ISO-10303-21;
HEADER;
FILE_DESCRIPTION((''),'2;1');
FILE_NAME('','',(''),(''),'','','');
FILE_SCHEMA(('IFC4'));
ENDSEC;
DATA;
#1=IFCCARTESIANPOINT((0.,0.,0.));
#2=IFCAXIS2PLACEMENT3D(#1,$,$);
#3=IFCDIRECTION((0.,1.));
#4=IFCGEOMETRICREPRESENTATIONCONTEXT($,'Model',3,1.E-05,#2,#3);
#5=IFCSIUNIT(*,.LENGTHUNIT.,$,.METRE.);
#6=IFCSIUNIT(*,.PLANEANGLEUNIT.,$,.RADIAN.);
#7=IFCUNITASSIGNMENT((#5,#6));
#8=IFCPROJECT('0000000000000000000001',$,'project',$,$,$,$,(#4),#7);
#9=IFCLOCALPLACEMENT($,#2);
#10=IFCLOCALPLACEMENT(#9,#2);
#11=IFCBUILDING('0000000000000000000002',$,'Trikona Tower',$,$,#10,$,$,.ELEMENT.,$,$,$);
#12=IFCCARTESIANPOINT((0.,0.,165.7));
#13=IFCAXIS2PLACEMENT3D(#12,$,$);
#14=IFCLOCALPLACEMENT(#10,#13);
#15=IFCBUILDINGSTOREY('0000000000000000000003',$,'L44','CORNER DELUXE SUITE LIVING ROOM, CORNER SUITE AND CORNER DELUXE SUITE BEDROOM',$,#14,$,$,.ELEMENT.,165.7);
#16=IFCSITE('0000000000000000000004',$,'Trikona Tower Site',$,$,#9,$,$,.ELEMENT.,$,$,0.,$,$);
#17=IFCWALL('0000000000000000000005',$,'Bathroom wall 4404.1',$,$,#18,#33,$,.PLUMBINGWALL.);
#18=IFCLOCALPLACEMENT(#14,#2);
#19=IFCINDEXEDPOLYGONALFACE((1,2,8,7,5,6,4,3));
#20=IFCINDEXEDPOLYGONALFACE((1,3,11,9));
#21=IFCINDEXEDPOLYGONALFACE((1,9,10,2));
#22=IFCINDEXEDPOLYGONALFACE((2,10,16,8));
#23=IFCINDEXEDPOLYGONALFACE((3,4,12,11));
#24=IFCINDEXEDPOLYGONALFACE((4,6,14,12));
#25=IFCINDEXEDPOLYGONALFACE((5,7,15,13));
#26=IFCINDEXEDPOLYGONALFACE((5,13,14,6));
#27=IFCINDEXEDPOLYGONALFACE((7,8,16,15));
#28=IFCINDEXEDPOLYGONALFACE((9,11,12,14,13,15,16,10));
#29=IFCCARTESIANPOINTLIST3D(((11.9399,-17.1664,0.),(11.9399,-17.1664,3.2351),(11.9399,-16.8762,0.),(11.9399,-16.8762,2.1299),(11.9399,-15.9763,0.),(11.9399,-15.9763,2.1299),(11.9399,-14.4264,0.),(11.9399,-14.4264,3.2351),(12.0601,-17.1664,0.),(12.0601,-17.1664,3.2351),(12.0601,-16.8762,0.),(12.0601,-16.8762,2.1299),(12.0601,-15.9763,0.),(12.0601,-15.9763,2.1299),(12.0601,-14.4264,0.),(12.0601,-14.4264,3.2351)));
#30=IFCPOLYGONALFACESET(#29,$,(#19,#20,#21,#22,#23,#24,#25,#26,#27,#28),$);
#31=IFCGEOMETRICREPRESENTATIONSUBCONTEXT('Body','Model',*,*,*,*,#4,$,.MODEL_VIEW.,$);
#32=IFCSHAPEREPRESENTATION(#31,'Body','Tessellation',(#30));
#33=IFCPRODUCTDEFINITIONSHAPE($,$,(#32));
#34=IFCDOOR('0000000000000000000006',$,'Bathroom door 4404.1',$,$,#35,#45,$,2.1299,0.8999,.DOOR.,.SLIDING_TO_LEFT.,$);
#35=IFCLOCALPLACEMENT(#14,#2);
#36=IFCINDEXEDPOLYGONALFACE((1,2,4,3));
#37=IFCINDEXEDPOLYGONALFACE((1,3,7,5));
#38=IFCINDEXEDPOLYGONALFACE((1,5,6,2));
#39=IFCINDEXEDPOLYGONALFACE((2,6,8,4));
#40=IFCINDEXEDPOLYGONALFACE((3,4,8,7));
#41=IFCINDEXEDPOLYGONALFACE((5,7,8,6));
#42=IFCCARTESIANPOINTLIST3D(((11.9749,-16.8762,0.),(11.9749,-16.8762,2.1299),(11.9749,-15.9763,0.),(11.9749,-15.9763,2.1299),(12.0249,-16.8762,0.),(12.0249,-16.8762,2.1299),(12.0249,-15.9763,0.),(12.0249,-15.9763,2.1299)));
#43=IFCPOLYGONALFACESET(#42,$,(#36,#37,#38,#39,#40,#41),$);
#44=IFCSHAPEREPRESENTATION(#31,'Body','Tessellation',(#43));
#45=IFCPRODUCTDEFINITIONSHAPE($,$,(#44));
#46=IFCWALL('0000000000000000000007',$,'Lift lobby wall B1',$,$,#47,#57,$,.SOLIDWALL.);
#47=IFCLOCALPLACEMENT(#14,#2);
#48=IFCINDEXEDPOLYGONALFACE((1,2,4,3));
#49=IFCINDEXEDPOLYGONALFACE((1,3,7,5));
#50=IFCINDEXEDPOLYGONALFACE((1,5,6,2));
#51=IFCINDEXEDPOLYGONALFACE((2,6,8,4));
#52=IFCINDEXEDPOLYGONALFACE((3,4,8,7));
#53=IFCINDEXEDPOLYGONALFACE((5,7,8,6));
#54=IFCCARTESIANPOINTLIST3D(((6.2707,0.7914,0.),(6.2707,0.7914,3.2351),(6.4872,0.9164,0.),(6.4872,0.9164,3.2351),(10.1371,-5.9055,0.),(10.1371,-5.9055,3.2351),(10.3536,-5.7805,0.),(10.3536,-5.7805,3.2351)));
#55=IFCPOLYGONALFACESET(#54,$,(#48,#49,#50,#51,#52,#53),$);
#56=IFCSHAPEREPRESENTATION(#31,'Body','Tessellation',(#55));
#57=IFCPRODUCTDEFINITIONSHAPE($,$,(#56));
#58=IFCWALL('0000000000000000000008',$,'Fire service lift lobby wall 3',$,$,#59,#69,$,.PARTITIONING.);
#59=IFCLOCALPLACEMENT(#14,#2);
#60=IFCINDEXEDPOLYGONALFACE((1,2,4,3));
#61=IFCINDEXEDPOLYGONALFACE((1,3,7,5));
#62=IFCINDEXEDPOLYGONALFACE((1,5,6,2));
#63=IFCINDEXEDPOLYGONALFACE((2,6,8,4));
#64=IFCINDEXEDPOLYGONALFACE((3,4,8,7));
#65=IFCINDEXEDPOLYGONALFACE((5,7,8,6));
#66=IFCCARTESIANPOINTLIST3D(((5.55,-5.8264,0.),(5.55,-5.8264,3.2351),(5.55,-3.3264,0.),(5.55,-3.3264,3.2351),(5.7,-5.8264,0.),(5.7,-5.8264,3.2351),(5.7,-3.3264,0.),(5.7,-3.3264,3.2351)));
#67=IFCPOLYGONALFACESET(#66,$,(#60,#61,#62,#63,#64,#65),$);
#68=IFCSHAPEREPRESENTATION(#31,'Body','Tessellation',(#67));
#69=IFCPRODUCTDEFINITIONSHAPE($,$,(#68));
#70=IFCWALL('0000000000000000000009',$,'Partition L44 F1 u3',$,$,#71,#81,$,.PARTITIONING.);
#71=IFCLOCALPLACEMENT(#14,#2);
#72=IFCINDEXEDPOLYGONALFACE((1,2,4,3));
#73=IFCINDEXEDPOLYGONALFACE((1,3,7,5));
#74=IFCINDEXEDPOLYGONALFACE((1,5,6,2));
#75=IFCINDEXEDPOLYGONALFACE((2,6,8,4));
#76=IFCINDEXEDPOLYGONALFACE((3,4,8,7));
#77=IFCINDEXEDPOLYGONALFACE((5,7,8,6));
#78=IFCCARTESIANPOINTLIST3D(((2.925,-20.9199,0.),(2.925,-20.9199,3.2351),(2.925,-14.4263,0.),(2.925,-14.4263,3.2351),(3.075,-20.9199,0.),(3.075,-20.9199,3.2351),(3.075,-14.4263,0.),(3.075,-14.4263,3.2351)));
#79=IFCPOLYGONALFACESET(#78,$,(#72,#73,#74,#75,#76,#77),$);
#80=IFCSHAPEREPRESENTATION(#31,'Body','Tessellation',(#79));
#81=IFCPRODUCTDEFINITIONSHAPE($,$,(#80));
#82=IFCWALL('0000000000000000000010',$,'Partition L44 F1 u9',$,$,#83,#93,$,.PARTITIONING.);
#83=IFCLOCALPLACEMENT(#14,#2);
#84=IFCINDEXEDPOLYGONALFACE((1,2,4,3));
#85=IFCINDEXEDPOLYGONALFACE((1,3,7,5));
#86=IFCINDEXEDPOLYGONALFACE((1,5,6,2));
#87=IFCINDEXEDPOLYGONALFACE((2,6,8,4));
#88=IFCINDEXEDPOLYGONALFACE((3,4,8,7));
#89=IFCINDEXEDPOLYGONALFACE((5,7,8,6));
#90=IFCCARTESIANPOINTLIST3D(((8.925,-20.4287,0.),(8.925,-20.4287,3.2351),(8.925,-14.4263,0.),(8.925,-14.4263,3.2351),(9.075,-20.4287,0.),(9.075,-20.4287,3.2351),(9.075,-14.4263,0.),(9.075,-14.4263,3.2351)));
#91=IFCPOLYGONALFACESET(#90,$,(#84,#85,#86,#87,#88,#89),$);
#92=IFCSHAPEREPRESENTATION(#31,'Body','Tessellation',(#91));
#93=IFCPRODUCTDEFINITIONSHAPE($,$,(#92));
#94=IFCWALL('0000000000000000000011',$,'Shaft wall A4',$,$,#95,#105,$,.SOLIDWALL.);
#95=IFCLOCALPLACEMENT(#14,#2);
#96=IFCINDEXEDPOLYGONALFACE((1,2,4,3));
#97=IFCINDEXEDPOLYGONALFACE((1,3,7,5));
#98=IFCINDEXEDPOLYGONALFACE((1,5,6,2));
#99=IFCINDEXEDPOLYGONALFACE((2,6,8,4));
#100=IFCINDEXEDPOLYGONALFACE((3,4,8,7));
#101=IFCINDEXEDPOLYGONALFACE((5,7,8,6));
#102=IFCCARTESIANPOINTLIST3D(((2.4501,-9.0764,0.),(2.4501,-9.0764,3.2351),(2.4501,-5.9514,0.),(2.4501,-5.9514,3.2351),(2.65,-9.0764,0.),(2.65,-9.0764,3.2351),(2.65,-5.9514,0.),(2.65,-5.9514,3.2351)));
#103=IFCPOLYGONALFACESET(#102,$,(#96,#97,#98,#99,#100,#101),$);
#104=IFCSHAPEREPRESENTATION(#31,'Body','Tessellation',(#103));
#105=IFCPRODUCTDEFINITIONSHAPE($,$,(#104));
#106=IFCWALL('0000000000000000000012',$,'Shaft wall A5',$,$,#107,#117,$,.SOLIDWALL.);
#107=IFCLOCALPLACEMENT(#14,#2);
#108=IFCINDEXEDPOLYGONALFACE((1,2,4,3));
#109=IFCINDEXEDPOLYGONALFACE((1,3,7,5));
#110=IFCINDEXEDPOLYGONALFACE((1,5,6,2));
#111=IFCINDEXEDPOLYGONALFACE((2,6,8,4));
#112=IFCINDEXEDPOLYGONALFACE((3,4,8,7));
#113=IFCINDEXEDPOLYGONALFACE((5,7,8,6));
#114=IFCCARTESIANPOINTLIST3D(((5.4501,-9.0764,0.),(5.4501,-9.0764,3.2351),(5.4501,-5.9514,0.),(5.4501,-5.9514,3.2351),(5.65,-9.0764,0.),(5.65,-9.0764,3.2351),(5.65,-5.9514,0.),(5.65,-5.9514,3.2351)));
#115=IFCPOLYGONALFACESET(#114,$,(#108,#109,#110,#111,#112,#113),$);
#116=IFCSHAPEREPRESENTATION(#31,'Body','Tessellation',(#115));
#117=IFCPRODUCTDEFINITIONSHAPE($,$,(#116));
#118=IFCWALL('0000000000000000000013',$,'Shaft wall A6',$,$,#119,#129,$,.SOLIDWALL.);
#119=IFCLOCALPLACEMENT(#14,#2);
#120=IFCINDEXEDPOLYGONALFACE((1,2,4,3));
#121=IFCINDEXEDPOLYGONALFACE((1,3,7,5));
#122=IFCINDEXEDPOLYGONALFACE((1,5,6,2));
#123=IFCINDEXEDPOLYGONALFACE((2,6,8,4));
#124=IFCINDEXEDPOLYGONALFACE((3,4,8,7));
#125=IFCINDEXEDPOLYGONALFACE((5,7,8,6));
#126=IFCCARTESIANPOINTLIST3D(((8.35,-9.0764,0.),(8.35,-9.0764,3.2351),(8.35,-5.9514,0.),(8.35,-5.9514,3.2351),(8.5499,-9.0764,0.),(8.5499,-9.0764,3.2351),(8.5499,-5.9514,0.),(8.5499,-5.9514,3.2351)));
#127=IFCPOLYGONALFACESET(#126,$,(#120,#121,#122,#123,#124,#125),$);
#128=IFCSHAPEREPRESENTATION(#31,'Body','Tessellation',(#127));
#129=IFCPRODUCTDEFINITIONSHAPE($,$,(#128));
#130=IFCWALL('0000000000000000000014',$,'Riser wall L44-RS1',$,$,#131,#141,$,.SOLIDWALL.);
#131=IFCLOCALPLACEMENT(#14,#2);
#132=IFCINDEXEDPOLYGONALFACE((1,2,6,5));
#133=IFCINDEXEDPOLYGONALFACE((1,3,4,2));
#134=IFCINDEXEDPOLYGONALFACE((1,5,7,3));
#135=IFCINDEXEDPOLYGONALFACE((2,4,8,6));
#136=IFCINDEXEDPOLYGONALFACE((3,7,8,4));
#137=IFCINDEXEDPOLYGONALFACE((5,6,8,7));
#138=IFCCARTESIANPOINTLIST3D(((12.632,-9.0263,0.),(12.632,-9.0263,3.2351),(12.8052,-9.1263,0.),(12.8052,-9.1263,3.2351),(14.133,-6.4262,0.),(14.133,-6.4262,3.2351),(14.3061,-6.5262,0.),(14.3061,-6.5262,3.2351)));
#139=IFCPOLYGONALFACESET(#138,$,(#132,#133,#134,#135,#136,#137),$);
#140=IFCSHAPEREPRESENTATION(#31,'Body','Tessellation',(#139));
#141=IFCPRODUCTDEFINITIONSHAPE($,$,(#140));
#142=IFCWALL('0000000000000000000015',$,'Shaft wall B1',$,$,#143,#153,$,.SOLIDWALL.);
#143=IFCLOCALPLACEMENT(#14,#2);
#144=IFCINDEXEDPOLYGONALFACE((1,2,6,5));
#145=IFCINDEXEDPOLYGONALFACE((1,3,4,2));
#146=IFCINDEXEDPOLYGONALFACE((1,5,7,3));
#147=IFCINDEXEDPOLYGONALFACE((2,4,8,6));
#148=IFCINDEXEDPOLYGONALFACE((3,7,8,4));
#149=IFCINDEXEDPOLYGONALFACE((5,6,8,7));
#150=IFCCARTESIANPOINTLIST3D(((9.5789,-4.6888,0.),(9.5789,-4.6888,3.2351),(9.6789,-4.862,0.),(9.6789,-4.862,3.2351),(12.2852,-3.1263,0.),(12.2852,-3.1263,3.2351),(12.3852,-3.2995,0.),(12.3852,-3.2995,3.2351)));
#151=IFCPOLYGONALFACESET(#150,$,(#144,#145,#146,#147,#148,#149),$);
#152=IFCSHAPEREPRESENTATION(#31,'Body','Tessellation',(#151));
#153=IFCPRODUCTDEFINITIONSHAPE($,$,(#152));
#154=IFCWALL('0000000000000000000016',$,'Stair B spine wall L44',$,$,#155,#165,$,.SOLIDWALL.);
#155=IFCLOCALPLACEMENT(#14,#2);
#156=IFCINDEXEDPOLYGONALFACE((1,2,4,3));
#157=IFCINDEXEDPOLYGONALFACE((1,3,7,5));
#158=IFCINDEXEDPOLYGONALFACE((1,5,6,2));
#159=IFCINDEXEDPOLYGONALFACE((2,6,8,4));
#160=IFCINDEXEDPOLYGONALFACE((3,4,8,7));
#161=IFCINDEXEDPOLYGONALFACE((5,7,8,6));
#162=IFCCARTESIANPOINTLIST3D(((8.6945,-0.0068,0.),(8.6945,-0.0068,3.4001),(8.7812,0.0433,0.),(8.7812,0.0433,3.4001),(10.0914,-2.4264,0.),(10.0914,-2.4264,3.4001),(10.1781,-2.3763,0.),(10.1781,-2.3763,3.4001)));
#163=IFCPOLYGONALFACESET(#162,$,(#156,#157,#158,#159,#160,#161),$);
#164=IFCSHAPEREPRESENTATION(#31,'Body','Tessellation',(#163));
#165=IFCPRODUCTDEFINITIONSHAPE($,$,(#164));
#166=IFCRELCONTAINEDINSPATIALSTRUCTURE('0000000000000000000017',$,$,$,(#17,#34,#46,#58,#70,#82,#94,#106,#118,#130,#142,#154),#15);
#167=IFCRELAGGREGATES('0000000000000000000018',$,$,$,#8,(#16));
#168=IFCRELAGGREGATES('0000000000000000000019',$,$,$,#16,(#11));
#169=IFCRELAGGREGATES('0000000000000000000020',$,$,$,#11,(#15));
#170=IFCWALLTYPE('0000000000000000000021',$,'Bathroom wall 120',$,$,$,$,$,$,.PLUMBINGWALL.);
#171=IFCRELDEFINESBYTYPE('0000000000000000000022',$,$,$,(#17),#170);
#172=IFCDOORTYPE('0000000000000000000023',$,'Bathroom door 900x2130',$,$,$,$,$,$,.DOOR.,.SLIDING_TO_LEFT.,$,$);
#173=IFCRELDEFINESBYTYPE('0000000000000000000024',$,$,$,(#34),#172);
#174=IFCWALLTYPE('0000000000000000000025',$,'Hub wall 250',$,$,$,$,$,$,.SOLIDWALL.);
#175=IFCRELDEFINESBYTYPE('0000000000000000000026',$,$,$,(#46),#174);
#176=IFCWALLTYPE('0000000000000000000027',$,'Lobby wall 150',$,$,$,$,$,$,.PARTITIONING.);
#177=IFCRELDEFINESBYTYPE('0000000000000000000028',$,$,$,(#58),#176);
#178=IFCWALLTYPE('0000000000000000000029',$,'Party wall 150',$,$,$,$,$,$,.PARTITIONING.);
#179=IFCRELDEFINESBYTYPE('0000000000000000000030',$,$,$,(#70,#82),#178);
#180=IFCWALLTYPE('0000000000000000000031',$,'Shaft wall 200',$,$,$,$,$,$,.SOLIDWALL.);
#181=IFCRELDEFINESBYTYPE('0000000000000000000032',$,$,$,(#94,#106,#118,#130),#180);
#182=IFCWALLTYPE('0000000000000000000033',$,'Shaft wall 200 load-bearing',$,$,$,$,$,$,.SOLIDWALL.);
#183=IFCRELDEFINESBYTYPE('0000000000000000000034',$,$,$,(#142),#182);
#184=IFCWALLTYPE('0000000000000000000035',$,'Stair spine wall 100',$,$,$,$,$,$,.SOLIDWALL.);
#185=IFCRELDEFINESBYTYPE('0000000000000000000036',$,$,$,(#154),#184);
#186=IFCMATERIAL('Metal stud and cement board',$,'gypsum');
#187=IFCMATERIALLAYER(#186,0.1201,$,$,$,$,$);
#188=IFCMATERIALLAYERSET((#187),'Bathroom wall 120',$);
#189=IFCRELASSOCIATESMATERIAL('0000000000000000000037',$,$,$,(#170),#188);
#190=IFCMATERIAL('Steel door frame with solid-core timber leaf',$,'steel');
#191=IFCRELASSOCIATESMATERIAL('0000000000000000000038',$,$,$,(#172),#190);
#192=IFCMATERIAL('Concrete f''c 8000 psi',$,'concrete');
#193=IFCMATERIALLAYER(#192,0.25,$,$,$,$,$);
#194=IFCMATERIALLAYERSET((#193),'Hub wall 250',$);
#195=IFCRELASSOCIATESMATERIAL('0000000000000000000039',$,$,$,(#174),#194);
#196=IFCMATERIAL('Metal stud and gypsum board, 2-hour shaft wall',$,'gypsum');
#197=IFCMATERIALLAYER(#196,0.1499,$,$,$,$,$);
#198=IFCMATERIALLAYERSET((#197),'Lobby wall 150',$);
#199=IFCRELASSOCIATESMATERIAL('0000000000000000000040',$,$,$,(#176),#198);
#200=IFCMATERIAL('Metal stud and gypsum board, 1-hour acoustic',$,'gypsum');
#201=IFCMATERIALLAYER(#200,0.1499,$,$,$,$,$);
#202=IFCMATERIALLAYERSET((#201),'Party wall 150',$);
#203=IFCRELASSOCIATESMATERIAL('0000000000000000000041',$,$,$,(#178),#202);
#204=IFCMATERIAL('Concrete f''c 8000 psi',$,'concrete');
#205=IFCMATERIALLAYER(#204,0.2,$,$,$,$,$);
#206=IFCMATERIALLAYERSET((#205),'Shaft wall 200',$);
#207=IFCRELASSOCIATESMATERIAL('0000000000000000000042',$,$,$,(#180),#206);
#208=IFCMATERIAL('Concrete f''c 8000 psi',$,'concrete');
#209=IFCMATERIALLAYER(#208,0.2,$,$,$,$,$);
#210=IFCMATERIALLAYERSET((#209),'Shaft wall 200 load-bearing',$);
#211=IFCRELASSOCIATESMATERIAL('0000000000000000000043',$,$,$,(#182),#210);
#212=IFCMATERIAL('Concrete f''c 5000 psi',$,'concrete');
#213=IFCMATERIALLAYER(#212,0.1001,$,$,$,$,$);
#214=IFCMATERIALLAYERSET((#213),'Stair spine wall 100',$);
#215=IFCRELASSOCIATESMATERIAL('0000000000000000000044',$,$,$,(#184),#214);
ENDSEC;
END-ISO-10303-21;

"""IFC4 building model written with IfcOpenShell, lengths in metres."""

from ifc_helpers import new_model, si_unit, direction, frame, frame_2d, origin, place, context, subcontext, project, spatial, rectangle, extrude, material, layer, layer_set, type_object, element, fill, save


model = new_model("IFC4")

# Units and contexts
model_context = context("Model", 3, precision=1e-05, world=origin(), true_north=direction((0.0, 1.0)))
body_context = subcontext(model_context, "Body", "Model", "MODEL_VIEW")
ifc_project = project(units=[si_unit("LENGTHUNIT", "METRE"), si_unit("PLANEANGLEUNIT", "RADIAN")], contexts=[model_context])

# Site, building, storey
site_placement = place(None, origin())
site = spatial("IfcSite", under=ifc_project, at=site_placement, Name="Trikona Tower Site", CompositionType="ELEMENT", RefElevation=0.0)
building_placement = place(site_placement, origin())
building = spatial("IfcBuilding", under=site, at=building_placement, Name="Trikona Tower", CompositionType="ELEMENT")
storey_placement = place(building_placement, frame((0.0, 0.0, 165.7)))
storey = spatial("IfcBuildingStorey", under=building, at=storey_placement, Name="L44", Description="CORNER DELUXE SUITE LIVING ROOM, CORNER SUITE AND CORNER DELUXE SUITE BEDROOM", CompositionType="ELEMENT", Elevation=165.7)

# Shared definitions
ifc_material_1 = material(Name="Metal stud and cement board", Category="gypsum")
ifc_layer_1 = layer(ifc_material_1, 0.1201)
ifc_layer_set_1 = layer_set([ifc_layer_1], Name="Bathroom wall 120")
wall_type_1 = type_object("IfcWallType", Name="Bathroom wall 120", PredefinedType="PLUMBINGWALL", material=ifc_layer_set_1)

# Shared definitions
ifc_material_2 = material(Name="Steel door frame with solid-core timber leaf", Category="steel")
door_type_1 = type_object("IfcDoorType", Name="Bathroom door 900x2130", OperationType="SLIDING_TO_LEFT", PredefinedType="DOOR", material=ifc_material_2)

# Wall, opening, door
wall_1_placement = place(storey_placement, frame((12.0, -14.4263, 0.0), z_axis=(0.0, 0.0, 1.0), x_axis=(0.0, -1.0, 0.0)))
wall_1 = element("IfcWall", 1, at=wall_1_placement, inside=storey, type_object=wall_type_1, Name="Bathroom wall 4404.1", PredefinedType="PLUMBINGWALL", context=body_context, shape_type="SweptSolid", body=[
    extrude(rectangle(XDim=2.74, YDim=0.1201, at=frame_2d((1.3701, 0.0))), origin(), (0.0, 0.0, 1.0), 3.2351),
])
opening_1_placement = place(wall_1_placement, frame((1.55, 0.0, 0.0)))
opening_1 = element("IfcOpeningElement", 2, at=opening_1_placement, cuts=wall_1, PredefinedType="OPENING", context=body_context, shape_type="SweptSolid", body=[
    extrude(rectangle(XDim=0.8999, YDim=2.1299, at=frame_2d((0.45, 1.0649))), frame((0.0, 0.0701, 0.0), z_axis=(0.0, -1.0, 0.0), x_axis=(1.0, 0.0, 0.0)), (0.0, 0.0, 1.0), 0.1401),
])
door_1_placement = place(opening_1_placement, origin())
door_1 = element("IfcDoor", 3, at=door_1_placement, inside=storey, type_object=door_type_1, Name="Bathroom door 4404.1", OperationType="SLIDING_TO_LEFT", OverallHeight=2.1299, OverallWidth=0.8999, PredefinedType="DOOR", context=body_context, shape_type="SweptSolid", body=[
    extrude(rectangle(XDim=0.8999, YDim=2.1299, at=frame_2d((0.45, 1.0649))), frame((0.0, 0.0249, 0.0), z_axis=(0.0, -1.0, 0.0), x_axis=(1.0, 0.0, 0.0)), (0.0, 0.0, 1.0), 0.05),
])
fill(opening_1, door_1)

# Walls
ifc_material_3 = material(Name="Concrete f'c 8000 psi", Category="concrete")
ifc_layer_2 = layer(ifc_material_3, 0.25)
ifc_layer_set_2 = layer_set([ifc_layer_2], Name="Hub wall 250")
wall_type_2 = type_object("IfcWallType", Name="Hub wall 250", PredefinedType="SOLIDWALL", material=ifc_layer_set_2)
wall_2_placement = place(storey_placement, frame((10.2454, -5.843, 0.0), z_axis=(0.0, 0.0, 1.0), x_axis=(-0.499993, 0.866029, 0.0)))
element("IfcWall", 4, at=wall_2_placement, inside=storey, type_object=wall_type_2, Name="Lift lobby wall B1", PredefinedType="SOLIDWALL", context=body_context, shape_type="SweptSolid", body=[
    extrude(rectangle(XDim=7.7329, YDim=0.25, at=frame_2d((3.8665, 0.0))), origin(), (0.0, 0.0, 1.0), 3.2351),
])
ifc_material_4 = material(Name="Metal stud and gypsum board, 2-hour shaft wall", Category="gypsum")
ifc_layer_3 = layer(ifc_material_4, 0.1499)
ifc_layer_set_3 = layer_set([ifc_layer_3], Name="Lobby wall 150")
wall_type_3 = type_object("IfcWallType", Name="Lobby wall 150", PredefinedType="PARTITIONING", material=ifc_layer_set_3)
wall_3_placement = place(storey_placement, frame((5.625, -5.8264, 0.0), z_axis=(0.0, 0.0, 1.0), x_axis=(0.0, 1.0, 0.0)))
element("IfcWall", 5, at=wall_3_placement, inside=storey, type_object=wall_type_3, Name="Fire service lift lobby wall 3", PredefinedType="PARTITIONING", context=body_context, shape_type="SweptSolid", body=[
    extrude(rectangle(XDim=2.5, YDim=0.1499, at=frame_2d((1.25, 0.0))), origin(), (0.0, 0.0, 1.0), 3.2351),
])
ifc_material_5 = material(Name="Metal stud and gypsum board, 1-hour acoustic", Category="gypsum")
ifc_layer_4 = layer(ifc_material_5, 0.1499)
ifc_layer_set_4 = layer_set([ifc_layer_4], Name="Party wall 150")
wall_type_4 = type_object("IfcWallType", Name="Party wall 150", PredefinedType="PARTITIONING", material=ifc_layer_set_4)
wall_4_placement = place(storey_placement, frame((3.0, -14.4263, 0.0), z_axis=(0.0, 0.0, 1.0), x_axis=(0.0, -1.0, 0.0)))
element("IfcWall", 6, at=wall_4_placement, inside=storey, type_object=wall_type_4, Name="Partition L44 F1 u3", PredefinedType="PARTITIONING", context=body_context, shape_type="SweptSolid", body=[
    extrude(rectangle(XDim=6.4937, YDim=0.1499, at=frame_2d((3.2468, 0.0))), origin(), (0.0, 0.0, 1.0), 3.2351),
])
wall_5_placement = place(storey_placement, frame((9.0, -14.4263, 0.0), z_axis=(0.0, 0.0, 1.0), x_axis=(0.0, -1.0, 0.0)))
element("IfcWall", 7, at=wall_5_placement, inside=storey, type_object=wall_type_4, Name="Partition L44 F1 u9", PredefinedType="PARTITIONING", context=body_context, shape_type="SweptSolid", body=[
    extrude(rectangle(XDim=6.0024, YDim=0.1499, at=frame_2d((3.0012, 0.0))), origin(), (0.0, 0.0, 1.0), 3.2351),
])
ifc_material_6 = material(Name="Concrete f'c 8000 psi", Category="concrete")
ifc_layer_5 = layer(ifc_material_6, 0.2)
ifc_layer_set_5 = layer_set([ifc_layer_5], Name="Shaft wall 200")
wall_type_5 = type_object("IfcWallType", Name="Shaft wall 200", PredefinedType="SOLIDWALL", material=ifc_layer_set_5)
for number, where, z_axis, x_axis, name in (
    (8, (2.55, -5.9514, 0.0), (0.0, 0.0, 1.0), (0.0, -1.0, 0.0), "Shaft wall A4"),
    (9, (5.55, -5.9514, 0.0), (0.0, 0.0, 1.0), (0.0, -1.0, 0.0), "Shaft wall A5"),
    (10, (8.45, -5.9514, 0.0), (0.0, 0.0, 1.0), (0.0, -1.0, 0.0), "Shaft wall A6"),
):
    element("IfcWall", number, at=place(storey_placement, frame(where, z_axis=z_axis, x_axis=x_axis)), inside=storey, type_object=wall_type_5, Name=name, PredefinedType="SOLIDWALL", context=body_context, shape_type="SweptSolid", body=[
        extrude(rectangle(XDim=3.125, YDim=0.2, at=frame_2d((1.5625, 0.0))), origin(), (0.0, 0.0, 1.0), 3.2351),
    ])
wall_6_placement = place(storey_placement, frame((14.2195, -6.4763, 0.0), z_axis=(0.0, 0.0, 1.0), x_axis=(-0.499952, -0.866053, 0.0)))
element("IfcWall", 11, at=wall_6_placement, inside=storey, type_object=wall_type_5, Name="Riser wall L44-RS1", PredefinedType="SOLIDWALL", context=body_context, shape_type="SweptSolid", body=[
    extrude(rectangle(XDim=3.0022, YDim=0.2, at=frame_2d((1.501, 0.0))), origin(), (0.0, 0.0, 1.0), 3.2351),
])
ifc_material_7 = material(Name="Concrete f'c 8000 psi", Category="concrete")
ifc_layer_6 = layer(ifc_material_7, 0.2)
ifc_layer_set_6 = layer_set([ifc_layer_6], Name="Shaft wall 200 load-bearing")
wall_type_6 = type_object("IfcWallType", Name="Shaft wall 200 load-bearing", PredefinedType="SOLIDWALL", material=ifc_layer_set_6)
wall_7_placement = place(storey_placement, frame((9.6289, -4.7754, 0.0), z_axis=(0.0, 0.0, 1.0), x_axis=(0.866023, 0.500004, 0.0)))
element("IfcWall", 12, at=wall_7_placement, inside=storey, type_object=wall_type_6, Name="Shaft wall B1", PredefinedType="SOLIDWALL", context=body_context, shape_type="SweptSolid", body=[
    extrude(rectangle(XDim=3.125, YDim=0.2, at=frame_2d((1.5625, 0.0))), origin(), (0.0, 0.0, 1.0), 3.2351),
])
ifc_material_8 = material(Name="Concrete f'c 5000 psi", Category="concrete")
ifc_layer_7 = layer(ifc_material_8, 0.1001)
ifc_layer_set_7 = layer_set([ifc_layer_7], Name="Stair spine wall 100")
wall_type_7 = type_object("IfcWallType", Name="Stair spine wall 100", PredefinedType="SOLIDWALL", material=ifc_layer_set_7)
wall_8_placement = place(storey_placement, frame((10.1348, -2.4014, 0.0), z_axis=(0.0, 0.0, 1.0), x_axis=(-0.499992, 0.86603, 0.0)))
element("IfcWall", 13, at=wall_8_placement, inside=storey, type_object=wall_type_7, Name="Stair B spine wall L44", PredefinedType="SOLIDWALL", context=body_context, shape_type="SweptSolid", body=[
    extrude(rectangle(XDim=2.7939, YDim=0.1001, at=frame_2d((1.397, 0.0))), origin(), (0.0, 0.0, 1.0), 3.4001),
])

save(model, "model.ifc")
